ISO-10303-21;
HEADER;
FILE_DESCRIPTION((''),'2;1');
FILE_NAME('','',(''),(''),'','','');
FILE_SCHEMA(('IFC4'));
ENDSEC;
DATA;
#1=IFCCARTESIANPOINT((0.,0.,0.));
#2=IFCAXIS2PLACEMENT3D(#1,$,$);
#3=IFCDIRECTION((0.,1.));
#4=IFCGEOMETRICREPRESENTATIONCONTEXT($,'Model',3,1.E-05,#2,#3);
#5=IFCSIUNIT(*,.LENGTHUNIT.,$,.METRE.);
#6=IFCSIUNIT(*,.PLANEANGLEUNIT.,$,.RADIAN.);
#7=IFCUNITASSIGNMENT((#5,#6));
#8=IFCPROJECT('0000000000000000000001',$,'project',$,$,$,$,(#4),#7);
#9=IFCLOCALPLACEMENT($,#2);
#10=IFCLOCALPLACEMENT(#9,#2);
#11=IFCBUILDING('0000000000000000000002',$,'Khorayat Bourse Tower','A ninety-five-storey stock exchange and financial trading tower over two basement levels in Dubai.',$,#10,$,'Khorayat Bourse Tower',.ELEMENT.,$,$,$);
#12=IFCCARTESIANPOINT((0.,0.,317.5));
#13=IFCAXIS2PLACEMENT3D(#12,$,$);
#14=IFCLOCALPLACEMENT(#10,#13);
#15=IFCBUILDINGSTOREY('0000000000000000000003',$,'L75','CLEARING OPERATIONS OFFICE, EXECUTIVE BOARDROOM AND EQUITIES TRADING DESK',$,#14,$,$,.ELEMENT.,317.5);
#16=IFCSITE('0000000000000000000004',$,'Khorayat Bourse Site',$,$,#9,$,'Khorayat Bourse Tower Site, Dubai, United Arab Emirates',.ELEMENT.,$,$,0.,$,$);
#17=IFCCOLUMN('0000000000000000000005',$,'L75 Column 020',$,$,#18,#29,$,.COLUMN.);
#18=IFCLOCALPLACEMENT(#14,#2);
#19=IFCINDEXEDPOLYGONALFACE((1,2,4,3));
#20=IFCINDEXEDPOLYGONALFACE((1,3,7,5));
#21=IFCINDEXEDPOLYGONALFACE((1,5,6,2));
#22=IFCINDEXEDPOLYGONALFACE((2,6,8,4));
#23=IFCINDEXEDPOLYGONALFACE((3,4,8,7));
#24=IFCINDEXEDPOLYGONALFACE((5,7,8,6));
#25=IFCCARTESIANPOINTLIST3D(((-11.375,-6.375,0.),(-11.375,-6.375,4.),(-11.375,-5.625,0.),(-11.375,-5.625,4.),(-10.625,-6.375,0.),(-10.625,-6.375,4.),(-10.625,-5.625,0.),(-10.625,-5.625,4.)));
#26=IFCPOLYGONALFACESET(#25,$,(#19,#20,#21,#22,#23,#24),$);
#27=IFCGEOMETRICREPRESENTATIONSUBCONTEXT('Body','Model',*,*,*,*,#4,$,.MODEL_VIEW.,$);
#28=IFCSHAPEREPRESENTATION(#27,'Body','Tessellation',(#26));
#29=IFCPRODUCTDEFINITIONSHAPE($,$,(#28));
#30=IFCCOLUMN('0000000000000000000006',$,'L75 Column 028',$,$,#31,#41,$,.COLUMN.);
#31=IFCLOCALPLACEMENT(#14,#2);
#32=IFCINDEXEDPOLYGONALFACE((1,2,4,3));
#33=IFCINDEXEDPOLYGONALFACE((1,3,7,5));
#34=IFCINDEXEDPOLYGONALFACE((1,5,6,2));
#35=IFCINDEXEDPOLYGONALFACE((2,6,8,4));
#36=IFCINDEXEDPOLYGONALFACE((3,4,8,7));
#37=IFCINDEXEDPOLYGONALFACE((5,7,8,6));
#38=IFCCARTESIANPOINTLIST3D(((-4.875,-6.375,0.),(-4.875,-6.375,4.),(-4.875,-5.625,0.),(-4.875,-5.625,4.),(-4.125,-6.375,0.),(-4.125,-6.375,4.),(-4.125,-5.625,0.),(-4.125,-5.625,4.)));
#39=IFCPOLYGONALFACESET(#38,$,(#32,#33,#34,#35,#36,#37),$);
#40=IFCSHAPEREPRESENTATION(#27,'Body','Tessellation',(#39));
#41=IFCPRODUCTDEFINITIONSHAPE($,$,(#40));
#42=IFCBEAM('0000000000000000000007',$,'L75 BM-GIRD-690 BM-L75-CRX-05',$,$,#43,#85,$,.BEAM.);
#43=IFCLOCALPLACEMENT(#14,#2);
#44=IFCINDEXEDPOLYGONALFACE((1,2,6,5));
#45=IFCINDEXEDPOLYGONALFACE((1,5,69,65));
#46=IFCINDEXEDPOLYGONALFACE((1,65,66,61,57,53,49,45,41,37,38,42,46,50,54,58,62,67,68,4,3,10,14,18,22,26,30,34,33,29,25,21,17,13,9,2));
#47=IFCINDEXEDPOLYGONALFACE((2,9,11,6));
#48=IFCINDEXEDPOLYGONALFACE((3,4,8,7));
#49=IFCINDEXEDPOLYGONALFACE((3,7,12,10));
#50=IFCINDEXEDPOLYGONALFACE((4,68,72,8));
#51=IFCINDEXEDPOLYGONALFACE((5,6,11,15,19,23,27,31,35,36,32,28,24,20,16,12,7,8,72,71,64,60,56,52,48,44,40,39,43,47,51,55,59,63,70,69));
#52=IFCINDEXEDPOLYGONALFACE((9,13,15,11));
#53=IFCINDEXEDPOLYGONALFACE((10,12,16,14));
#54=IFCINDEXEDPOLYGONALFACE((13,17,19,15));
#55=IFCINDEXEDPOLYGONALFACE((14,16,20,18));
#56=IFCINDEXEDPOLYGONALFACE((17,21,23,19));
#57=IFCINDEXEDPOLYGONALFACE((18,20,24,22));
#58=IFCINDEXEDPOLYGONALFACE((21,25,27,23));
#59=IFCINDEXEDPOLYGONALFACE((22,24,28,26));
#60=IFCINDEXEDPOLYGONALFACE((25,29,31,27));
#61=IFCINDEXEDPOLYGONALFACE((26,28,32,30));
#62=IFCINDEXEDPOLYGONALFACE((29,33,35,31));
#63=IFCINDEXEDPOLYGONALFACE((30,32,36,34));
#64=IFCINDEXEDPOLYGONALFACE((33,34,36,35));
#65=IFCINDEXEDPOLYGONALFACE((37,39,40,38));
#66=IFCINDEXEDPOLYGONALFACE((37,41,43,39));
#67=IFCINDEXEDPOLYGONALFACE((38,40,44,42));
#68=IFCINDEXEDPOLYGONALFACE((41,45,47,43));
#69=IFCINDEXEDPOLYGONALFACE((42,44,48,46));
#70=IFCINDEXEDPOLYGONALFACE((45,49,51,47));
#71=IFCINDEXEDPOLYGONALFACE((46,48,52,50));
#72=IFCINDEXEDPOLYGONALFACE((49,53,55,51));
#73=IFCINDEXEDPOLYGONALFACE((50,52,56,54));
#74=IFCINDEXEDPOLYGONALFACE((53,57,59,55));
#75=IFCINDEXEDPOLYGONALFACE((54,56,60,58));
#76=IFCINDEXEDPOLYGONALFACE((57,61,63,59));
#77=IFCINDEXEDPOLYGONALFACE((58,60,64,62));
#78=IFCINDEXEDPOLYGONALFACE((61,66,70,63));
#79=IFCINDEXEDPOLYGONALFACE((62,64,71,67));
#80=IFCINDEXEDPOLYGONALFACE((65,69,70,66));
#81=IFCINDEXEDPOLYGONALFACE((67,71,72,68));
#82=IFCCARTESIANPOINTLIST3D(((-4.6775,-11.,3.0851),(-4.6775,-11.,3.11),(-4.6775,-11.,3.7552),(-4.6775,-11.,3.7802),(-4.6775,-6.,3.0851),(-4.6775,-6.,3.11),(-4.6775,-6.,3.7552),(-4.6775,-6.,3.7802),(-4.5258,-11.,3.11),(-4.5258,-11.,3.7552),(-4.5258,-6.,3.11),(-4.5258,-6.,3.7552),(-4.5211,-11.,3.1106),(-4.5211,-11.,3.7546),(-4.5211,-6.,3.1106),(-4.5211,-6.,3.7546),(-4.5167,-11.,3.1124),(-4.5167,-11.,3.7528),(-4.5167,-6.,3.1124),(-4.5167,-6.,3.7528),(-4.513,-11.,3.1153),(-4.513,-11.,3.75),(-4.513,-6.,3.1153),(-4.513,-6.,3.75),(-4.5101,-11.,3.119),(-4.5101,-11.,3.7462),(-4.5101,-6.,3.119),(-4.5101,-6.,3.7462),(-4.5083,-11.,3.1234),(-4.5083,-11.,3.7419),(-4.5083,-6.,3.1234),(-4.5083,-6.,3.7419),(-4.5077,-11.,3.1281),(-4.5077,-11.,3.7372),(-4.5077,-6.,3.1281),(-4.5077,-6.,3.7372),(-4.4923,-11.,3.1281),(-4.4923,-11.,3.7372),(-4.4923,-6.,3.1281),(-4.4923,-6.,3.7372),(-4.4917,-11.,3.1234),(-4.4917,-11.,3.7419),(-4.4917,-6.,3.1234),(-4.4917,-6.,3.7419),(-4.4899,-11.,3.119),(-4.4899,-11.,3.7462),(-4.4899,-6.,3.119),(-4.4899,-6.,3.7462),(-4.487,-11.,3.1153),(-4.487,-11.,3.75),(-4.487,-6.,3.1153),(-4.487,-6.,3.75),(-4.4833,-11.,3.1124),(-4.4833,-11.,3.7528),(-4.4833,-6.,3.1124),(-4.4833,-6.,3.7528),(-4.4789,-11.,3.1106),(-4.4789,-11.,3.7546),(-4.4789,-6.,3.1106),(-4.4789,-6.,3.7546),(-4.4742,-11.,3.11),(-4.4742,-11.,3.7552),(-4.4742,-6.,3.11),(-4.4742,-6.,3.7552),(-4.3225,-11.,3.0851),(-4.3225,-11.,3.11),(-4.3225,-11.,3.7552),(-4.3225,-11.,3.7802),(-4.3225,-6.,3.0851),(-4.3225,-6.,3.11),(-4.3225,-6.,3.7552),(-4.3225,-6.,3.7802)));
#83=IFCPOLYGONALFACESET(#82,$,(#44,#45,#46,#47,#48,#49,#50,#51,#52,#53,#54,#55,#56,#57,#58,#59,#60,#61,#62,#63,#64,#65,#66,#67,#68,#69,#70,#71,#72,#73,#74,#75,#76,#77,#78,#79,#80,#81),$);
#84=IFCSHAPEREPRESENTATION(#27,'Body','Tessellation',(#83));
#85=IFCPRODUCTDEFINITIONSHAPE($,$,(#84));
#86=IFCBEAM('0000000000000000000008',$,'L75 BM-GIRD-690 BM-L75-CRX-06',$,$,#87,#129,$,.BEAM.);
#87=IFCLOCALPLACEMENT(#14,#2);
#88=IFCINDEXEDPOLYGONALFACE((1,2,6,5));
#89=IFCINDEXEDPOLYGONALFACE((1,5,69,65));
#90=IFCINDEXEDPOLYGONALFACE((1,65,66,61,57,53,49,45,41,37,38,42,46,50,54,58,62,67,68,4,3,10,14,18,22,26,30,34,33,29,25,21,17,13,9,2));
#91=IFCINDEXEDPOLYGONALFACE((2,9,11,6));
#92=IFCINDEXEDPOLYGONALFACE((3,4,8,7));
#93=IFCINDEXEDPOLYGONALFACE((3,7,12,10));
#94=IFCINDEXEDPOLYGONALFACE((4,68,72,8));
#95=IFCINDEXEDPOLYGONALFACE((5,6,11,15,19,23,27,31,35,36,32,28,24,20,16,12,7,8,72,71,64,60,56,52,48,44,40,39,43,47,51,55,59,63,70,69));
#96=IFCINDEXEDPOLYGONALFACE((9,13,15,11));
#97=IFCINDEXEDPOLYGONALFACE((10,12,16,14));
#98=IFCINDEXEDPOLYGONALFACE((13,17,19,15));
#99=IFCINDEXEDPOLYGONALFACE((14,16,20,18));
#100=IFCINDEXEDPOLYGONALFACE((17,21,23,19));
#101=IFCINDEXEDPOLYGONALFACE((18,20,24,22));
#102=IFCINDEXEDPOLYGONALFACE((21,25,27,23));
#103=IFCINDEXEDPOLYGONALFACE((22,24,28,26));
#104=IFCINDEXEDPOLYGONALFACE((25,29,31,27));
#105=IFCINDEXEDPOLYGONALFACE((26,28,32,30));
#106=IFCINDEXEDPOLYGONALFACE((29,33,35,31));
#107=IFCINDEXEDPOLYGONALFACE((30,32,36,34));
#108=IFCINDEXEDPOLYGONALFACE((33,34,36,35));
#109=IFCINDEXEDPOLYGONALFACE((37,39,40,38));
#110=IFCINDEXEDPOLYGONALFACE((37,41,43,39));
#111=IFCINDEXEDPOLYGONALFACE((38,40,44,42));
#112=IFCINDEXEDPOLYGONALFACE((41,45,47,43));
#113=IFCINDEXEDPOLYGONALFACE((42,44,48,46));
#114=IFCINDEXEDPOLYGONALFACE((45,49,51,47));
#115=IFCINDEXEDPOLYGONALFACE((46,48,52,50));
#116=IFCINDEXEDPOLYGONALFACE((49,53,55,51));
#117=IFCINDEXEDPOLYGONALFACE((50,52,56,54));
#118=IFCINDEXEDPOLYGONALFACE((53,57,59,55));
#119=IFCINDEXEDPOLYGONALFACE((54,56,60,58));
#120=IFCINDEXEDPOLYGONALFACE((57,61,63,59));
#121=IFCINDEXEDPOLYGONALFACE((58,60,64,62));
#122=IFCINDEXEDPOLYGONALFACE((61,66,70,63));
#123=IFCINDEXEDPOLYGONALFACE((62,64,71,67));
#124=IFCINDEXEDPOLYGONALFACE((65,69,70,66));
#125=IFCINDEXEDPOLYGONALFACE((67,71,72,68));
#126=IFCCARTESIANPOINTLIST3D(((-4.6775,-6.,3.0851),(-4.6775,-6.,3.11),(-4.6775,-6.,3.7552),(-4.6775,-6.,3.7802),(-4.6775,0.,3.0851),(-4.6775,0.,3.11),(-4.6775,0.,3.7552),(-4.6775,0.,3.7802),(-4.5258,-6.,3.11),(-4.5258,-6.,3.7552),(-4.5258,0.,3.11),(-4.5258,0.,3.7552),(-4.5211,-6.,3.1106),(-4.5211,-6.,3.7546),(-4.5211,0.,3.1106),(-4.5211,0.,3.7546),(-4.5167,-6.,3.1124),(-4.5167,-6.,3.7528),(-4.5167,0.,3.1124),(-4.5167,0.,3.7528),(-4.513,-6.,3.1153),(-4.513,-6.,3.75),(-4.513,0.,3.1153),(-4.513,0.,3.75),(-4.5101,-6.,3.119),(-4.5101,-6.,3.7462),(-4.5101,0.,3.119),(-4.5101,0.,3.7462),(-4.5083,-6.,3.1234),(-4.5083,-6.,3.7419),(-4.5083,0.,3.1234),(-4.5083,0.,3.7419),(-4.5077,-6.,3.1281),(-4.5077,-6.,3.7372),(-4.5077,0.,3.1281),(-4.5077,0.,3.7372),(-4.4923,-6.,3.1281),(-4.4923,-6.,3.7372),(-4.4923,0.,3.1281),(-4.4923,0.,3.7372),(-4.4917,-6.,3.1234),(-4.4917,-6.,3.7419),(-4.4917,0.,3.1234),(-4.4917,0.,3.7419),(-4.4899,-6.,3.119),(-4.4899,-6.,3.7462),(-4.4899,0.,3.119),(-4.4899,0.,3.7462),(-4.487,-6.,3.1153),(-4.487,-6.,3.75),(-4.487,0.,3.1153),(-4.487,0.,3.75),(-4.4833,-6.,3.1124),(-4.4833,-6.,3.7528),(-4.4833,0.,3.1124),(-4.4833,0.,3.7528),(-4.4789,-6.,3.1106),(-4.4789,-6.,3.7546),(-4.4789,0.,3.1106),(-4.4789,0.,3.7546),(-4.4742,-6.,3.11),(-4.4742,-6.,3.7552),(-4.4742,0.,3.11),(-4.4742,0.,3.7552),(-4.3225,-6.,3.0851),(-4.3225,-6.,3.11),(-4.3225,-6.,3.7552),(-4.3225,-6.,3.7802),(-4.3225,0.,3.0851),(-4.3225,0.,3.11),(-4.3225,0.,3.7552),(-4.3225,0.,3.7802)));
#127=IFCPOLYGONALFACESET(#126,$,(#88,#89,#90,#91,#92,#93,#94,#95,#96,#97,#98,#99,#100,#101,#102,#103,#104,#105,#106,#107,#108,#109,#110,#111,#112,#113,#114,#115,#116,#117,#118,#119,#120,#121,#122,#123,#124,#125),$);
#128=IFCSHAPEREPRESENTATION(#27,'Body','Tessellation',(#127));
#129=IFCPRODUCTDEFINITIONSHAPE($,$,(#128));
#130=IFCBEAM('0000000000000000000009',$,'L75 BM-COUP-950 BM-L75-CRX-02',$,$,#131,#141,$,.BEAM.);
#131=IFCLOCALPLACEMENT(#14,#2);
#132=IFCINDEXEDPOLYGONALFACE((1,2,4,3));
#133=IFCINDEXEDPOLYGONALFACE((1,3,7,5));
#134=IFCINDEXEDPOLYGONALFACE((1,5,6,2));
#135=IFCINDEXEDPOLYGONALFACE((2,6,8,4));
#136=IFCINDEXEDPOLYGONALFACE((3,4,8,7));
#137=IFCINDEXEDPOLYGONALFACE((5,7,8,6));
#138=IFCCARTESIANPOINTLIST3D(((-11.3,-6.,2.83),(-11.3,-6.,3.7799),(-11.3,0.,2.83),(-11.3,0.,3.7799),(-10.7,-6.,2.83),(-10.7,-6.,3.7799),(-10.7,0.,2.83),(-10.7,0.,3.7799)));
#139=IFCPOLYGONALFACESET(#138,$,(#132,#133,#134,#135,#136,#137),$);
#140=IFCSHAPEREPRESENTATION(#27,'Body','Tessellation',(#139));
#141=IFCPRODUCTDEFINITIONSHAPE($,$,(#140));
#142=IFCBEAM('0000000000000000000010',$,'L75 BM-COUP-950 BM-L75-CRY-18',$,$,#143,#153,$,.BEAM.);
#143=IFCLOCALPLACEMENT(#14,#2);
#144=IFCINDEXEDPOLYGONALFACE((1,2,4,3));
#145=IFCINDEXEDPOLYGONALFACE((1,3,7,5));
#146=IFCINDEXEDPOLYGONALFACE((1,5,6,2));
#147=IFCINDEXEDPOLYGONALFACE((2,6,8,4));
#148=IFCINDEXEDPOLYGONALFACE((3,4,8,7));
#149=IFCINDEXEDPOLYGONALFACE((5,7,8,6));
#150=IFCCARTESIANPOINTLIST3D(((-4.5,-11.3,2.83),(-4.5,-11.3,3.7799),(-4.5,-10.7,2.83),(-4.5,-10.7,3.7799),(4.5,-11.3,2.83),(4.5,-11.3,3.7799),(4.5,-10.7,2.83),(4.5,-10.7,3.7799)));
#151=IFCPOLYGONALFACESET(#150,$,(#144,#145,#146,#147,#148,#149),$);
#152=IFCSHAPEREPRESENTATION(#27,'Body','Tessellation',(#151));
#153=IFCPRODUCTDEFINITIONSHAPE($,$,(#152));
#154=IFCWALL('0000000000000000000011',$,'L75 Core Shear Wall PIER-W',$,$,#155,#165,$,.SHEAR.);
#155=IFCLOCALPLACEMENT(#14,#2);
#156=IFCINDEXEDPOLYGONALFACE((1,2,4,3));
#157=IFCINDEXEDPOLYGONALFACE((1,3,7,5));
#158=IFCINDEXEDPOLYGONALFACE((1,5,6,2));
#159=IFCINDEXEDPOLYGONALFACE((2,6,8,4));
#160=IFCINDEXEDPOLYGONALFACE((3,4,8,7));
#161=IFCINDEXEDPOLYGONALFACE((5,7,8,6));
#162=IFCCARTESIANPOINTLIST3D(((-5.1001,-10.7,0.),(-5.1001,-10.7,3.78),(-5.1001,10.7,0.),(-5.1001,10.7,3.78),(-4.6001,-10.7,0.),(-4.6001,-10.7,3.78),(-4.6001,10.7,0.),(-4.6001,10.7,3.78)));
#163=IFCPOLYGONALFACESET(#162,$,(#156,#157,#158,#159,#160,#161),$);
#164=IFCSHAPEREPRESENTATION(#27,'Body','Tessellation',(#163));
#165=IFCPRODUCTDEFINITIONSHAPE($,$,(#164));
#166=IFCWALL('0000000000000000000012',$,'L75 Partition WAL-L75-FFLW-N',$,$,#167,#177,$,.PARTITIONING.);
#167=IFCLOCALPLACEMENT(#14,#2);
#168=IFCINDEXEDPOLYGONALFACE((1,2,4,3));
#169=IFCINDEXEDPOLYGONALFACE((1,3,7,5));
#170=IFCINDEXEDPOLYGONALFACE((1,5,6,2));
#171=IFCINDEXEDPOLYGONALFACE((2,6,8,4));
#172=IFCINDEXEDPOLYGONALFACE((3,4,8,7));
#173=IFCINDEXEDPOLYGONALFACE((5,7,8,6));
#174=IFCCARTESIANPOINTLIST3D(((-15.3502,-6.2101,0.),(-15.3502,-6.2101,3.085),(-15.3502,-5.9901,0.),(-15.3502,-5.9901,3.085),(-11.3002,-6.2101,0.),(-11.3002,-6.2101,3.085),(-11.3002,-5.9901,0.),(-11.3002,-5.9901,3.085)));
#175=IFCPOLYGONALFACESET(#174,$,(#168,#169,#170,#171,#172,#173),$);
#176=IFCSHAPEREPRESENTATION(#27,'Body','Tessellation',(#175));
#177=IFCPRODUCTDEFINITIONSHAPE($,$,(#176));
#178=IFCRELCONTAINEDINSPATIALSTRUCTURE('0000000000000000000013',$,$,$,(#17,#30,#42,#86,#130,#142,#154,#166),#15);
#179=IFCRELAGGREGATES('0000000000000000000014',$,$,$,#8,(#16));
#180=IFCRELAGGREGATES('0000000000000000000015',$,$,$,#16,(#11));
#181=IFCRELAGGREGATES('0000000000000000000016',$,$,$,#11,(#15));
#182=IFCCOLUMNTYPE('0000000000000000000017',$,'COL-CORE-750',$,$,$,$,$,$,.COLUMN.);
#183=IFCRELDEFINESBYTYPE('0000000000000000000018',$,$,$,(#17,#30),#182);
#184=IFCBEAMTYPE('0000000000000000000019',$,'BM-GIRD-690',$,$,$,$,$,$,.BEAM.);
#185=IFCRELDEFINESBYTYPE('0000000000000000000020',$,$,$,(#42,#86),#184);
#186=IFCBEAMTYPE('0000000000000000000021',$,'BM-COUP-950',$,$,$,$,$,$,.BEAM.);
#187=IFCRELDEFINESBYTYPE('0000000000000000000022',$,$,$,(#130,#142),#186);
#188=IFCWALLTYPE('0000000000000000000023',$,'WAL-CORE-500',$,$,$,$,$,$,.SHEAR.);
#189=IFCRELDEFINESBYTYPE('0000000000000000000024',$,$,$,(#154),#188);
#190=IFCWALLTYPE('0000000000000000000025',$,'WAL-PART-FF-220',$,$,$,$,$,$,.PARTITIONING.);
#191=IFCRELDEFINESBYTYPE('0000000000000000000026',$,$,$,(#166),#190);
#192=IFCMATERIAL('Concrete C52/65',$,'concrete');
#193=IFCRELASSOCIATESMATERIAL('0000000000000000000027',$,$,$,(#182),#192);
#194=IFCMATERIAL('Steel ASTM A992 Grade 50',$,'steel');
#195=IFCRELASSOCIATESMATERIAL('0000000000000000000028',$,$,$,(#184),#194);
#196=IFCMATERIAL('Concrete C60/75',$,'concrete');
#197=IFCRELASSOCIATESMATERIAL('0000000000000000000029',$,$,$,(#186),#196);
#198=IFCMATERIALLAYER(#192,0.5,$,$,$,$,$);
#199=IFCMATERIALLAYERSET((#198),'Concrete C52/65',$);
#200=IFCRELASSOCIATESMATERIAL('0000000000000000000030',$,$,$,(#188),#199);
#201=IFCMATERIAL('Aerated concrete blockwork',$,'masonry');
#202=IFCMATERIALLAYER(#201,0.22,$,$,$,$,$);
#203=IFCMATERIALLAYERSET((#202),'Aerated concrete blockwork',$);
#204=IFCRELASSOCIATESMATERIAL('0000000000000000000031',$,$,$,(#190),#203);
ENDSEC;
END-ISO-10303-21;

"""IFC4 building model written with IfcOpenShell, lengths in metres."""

from ifc_helpers import new_model, si_unit, direction, frame, frame_2d, origin, origin_2d, place, context, subcontext, project, spatial, rectangle, i_section, extrude, source, transform, mapped, material, layer, layer_set, material_profile, profile_set, type_object, element, save


model = new_model("IFC4")

# Units and contexts
model_context = context("Model", 3, precision=1e-05, world=origin(), true_north=direction((0.0, 1.0)))
body_context = subcontext(model_context, "Body", "Model", "MODEL_VIEW")
ifc_project = project(units=[si_unit("LENGTHUNIT", "METRE"), si_unit("PLANEANGLEUNIT", "RADIAN")], contexts=[model_context])

# Site, building, storey
site_placement = place(None, origin())
site = spatial("IfcSite", under=ifc_project, at=site_placement, Name="Khorayat Bourse Site", LongName="Khorayat Bourse Tower Site, Dubai, United Arab Emirates", CompositionType="ELEMENT", RefElevation=0.0)
building_placement = place(site_placement, origin())
building = spatial("IfcBuilding", under=site, at=building_placement, Name="Khorayat Bourse Tower", Description="A ninety-five-storey stock exchange and financial trading tower over two basement levels in Dubai.", LongName="Khorayat Bourse Tower", CompositionType="ELEMENT")
storey_placement = place(building_placement, frame((0.0, 0.0, 317.5)))
storey = spatial("IfcBuildingStorey", under=building, at=storey_placement, Name="L75", Description="CLEARING OPERATIONS OFFICE, EXECUTIVE BOARDROOM AND EQUITIES TRADING DESK", CompositionType="ELEMENT", Elevation=317.5)

# Columns
ifc_material_1 = material(Name="Concrete C52/65", Category="concrete")
ifc_material_profile_1 = material_profile(ifc_material_1, rectangle(XDim=0.75, YDim=0.75, at=origin_2d()), Name="RC 750x750")
ifc_profile_set_1 = profile_set([ifc_material_profile_1], Name="Concrete C52/65")
column_type = type_object("IfcColumnType", Name="COL-CORE-750", PredefinedType="COLUMN", material=ifc_profile_set_1)
shared_shape_1 = source(origin(), body_context, "Body", "SweptSolid", [
    extrude(rectangle(XDim=0.75, YDim=0.75, at=origin_2d()), origin(), (0.0, 0.0, 1.0), 4.0),
])
for number, where, z_axis, x_axis, name in (
    (1, (-11.0, -6.0, 0.0), (0.0, 0.0, 1.0), (1.0, 0.0, 0.0), "L75 Column 020"),
    (2, (-4.5, -6.0, 0.0), (0.0, 0.0, 1.0), (1.0, 0.0, 0.0), "L75 Column 028"),
):
    element("IfcColumn", number, at=place(storey_placement, frame(where, z_axis=z_axis, x_axis=x_axis)), inside=storey, type_object=column_type, Name=name, PredefinedType="COLUMN", context=body_context, shape_type="MappedRepresentation", body=[
        mapped(shared_shape_1, transform((0.0, 0.0, 0.0), scale=1.0)),
    ])

# Beams
ifc_material_2 = material(Name="Steel ASTM A992 Grade 50", Category="steel")
ifc_material_profile_2 = material_profile(ifc_material_2, i_section(OverallWidth=0.355, OverallDepth=0.6951, WebThickness=0.0154, FlangeThickness=0.0249, FilletRadius=0.0181, at=origin_2d()), Name="W690X217")
ifc_profile_set_2 = profile_set([ifc_material_profile_2], Name="Steel ASTM A992 Grade 50")
beam_type_1 = type_object("IfcBeamType", Name="BM-GIRD-690", PredefinedType="BEAM", material=ifc_profile_set_2)
shared_shape_2 = source(origin(), body_context, "Body", "SweptSolid", [
    extrude(i_section(OverallWidth=0.355, OverallDepth=0.6951, WebThickness=0.0154, FlangeThickness=0.0249, FilletRadius=0.0181, at=origin_2d()), origin(), (0.0, 0.0, 1.0), 5.0),
])
beam_1_placement = place(storey_placement, frame((-4.5, -11.0, 3.4326), z_axis=(0.0, 1.0, 0.0), x_axis=(-1.0, 0.0, 0.0)))
element("IfcBeam", 3, at=beam_1_placement, inside=storey, type_object=beam_type_1, Name="L75 BM-GIRD-690 BM-L75-CRX-05", PredefinedType="BEAM", context=body_context, shape_type="MappedRepresentation", body=[
    mapped(shared_shape_2, transform((0.0, 0.0, 0.0), scale=1.0)),
])
shared_shape_3 = source(origin(), body_context, "Body", "SweptSolid", [
    extrude(i_section(OverallWidth=0.355, OverallDepth=0.6951, WebThickness=0.0154, FlangeThickness=0.0249, FilletRadius=0.0181, at=origin_2d()), origin(), (0.0, 0.0, 1.0), 6.0),
])
beam_2_placement = place(storey_placement, frame((-4.5, -6.0, 3.4326), z_axis=(0.0, 1.0, 0.0), x_axis=(-1.0, 0.0, 0.0)))
element("IfcBeam", 4, at=beam_2_placement, inside=storey, type_object=beam_type_1, Name="L75 BM-GIRD-690 BM-L75-CRX-06", PredefinedType="BEAM", context=body_context, shape_type="MappedRepresentation", body=[
    mapped(shared_shape_3, transform((0.0, 0.0, 0.0), scale=1.0)),
])
ifc_material_3 = material(Name="Concrete C60/75", Category="concrete")
ifc_material_profile_3 = material_profile(ifc_material_3, rectangle(XDim=0.6001, YDim=0.95, at=origin_2d()), Name="RC 600x950")
ifc_profile_set_3 = profile_set([ifc_material_profile_3], Name="Concrete C60/75")
beam_type_2 = type_object("IfcBeamType", Name="BM-COUP-950", PredefinedType="BEAM", material=ifc_profile_set_3)
shared_shape_4 = source(origin(), body_context, "Body", "SweptSolid", [
    extrude(rectangle(XDim=0.6001, YDim=0.95, at=origin_2d()), origin(), (0.0, 0.0, 1.0), 6.0),
])
beam_3_placement = place(storey_placement, frame((-11.0, -6.0, 3.3049), z_axis=(0.0, 1.0, 0.0), x_axis=(-1.0, 0.0, 0.0)))
element("IfcBeam", 5, at=beam_3_placement, inside=storey, type_object=beam_type_2, Name="L75 BM-COUP-950 BM-L75-CRX-02", PredefinedType="BEAM", context=body_context, shape_type="MappedRepresentation", body=[
    mapped(shared_shape_4, transform((0.0, 0.0, 0.0), scale=1.0)),
])
shared_shape_5 = source(origin(), body_context, "Body", "SweptSolid", [
    extrude(rectangle(XDim=0.6001, YDim=0.95, at=origin_2d()), origin(), (0.0, 0.0, 1.0), 9.0),
])
beam_4_placement = place(storey_placement, frame((-4.5, -11.0, 3.3049), z_axis=(1.0, 0.0, 0.0), x_axis=(0.0, 1.0, 0.0)))
element("IfcBeam", 6, at=beam_4_placement, inside=storey, type_object=beam_type_2, Name="L75 BM-COUP-950 BM-L75-CRY-18", PredefinedType="BEAM", context=body_context, shape_type="MappedRepresentation", body=[
    mapped(shared_shape_5, transform((0.0, 0.0, 0.0), scale=1.0)),
])

# Walls
ifc_layer_1 = layer(ifc_material_1, 0.5)
ifc_layer_set_1 = layer_set([ifc_layer_1], Name="Concrete C52/65")
wall_type_1 = type_object("IfcWallType", Name="WAL-CORE-500", PredefinedType="SHEAR", material=ifc_layer_set_1)
shared_shape_6 = source(origin(), body_context, "Body", "SweptSolid", [
    extrude(rectangle(XDim=21.3999, YDim=0.5, at=frame_2d((10.7, 0.0))), origin(), (0.0, 0.0, 1.0), 3.78),
])
wall_1_placement = place(storey_placement, frame((-4.8501, -10.7, 0.0), z_axis=(0.0, 0.0, 1.0), x_axis=(0.0, 1.0, 0.0)))
element("IfcWall", 7, at=wall_1_placement, inside=storey, type_object=wall_type_1, Name="L75 Core Shear Wall PIER-W", PredefinedType="SHEAR", context=body_context, shape_type="MappedRepresentation", body=[
    mapped(shared_shape_6, transform((0.0, 0.0, 0.0), scale=1.0)),
])
ifc_material_4 = material(Name="Aerated concrete blockwork", Category="masonry")
ifc_layer_2 = layer(ifc_material_4, 0.22)
ifc_layer_set_2 = layer_set([ifc_layer_2], Name="Aerated concrete blockwork")
wall_type_2 = type_object("IfcWallType", Name="WAL-PART-FF-220", PredefinedType="PARTITIONING", material=ifc_layer_set_2)
shared_shape_7 = source(origin(), body_context, "Body", "SweptSolid", [
    extrude(rectangle(XDim=4.05, YDim=0.22, at=frame_2d((2.0249, 0.0))), origin(), (0.0, 0.0, 1.0), 3.085),
])
wall_2_placement = place(storey_placement, frame((-15.3501, -6.1001, 0.0), z_axis=(0.0, 0.0, 1.0), x_axis=(1.0, 0.0, 0.0)))
element("IfcWall", 8, at=wall_2_placement, inside=storey, type_object=wall_type_2, Name="L75 Partition WAL-L75-FFLW-N", PredefinedType="PARTITIONING", context=body_context, shape_type="MappedRepresentation", body=[
    mapped(shared_shape_7, transform((0.0, 0.0, 0.0), scale=1.0)),
])

save(model, "model.ifc")
